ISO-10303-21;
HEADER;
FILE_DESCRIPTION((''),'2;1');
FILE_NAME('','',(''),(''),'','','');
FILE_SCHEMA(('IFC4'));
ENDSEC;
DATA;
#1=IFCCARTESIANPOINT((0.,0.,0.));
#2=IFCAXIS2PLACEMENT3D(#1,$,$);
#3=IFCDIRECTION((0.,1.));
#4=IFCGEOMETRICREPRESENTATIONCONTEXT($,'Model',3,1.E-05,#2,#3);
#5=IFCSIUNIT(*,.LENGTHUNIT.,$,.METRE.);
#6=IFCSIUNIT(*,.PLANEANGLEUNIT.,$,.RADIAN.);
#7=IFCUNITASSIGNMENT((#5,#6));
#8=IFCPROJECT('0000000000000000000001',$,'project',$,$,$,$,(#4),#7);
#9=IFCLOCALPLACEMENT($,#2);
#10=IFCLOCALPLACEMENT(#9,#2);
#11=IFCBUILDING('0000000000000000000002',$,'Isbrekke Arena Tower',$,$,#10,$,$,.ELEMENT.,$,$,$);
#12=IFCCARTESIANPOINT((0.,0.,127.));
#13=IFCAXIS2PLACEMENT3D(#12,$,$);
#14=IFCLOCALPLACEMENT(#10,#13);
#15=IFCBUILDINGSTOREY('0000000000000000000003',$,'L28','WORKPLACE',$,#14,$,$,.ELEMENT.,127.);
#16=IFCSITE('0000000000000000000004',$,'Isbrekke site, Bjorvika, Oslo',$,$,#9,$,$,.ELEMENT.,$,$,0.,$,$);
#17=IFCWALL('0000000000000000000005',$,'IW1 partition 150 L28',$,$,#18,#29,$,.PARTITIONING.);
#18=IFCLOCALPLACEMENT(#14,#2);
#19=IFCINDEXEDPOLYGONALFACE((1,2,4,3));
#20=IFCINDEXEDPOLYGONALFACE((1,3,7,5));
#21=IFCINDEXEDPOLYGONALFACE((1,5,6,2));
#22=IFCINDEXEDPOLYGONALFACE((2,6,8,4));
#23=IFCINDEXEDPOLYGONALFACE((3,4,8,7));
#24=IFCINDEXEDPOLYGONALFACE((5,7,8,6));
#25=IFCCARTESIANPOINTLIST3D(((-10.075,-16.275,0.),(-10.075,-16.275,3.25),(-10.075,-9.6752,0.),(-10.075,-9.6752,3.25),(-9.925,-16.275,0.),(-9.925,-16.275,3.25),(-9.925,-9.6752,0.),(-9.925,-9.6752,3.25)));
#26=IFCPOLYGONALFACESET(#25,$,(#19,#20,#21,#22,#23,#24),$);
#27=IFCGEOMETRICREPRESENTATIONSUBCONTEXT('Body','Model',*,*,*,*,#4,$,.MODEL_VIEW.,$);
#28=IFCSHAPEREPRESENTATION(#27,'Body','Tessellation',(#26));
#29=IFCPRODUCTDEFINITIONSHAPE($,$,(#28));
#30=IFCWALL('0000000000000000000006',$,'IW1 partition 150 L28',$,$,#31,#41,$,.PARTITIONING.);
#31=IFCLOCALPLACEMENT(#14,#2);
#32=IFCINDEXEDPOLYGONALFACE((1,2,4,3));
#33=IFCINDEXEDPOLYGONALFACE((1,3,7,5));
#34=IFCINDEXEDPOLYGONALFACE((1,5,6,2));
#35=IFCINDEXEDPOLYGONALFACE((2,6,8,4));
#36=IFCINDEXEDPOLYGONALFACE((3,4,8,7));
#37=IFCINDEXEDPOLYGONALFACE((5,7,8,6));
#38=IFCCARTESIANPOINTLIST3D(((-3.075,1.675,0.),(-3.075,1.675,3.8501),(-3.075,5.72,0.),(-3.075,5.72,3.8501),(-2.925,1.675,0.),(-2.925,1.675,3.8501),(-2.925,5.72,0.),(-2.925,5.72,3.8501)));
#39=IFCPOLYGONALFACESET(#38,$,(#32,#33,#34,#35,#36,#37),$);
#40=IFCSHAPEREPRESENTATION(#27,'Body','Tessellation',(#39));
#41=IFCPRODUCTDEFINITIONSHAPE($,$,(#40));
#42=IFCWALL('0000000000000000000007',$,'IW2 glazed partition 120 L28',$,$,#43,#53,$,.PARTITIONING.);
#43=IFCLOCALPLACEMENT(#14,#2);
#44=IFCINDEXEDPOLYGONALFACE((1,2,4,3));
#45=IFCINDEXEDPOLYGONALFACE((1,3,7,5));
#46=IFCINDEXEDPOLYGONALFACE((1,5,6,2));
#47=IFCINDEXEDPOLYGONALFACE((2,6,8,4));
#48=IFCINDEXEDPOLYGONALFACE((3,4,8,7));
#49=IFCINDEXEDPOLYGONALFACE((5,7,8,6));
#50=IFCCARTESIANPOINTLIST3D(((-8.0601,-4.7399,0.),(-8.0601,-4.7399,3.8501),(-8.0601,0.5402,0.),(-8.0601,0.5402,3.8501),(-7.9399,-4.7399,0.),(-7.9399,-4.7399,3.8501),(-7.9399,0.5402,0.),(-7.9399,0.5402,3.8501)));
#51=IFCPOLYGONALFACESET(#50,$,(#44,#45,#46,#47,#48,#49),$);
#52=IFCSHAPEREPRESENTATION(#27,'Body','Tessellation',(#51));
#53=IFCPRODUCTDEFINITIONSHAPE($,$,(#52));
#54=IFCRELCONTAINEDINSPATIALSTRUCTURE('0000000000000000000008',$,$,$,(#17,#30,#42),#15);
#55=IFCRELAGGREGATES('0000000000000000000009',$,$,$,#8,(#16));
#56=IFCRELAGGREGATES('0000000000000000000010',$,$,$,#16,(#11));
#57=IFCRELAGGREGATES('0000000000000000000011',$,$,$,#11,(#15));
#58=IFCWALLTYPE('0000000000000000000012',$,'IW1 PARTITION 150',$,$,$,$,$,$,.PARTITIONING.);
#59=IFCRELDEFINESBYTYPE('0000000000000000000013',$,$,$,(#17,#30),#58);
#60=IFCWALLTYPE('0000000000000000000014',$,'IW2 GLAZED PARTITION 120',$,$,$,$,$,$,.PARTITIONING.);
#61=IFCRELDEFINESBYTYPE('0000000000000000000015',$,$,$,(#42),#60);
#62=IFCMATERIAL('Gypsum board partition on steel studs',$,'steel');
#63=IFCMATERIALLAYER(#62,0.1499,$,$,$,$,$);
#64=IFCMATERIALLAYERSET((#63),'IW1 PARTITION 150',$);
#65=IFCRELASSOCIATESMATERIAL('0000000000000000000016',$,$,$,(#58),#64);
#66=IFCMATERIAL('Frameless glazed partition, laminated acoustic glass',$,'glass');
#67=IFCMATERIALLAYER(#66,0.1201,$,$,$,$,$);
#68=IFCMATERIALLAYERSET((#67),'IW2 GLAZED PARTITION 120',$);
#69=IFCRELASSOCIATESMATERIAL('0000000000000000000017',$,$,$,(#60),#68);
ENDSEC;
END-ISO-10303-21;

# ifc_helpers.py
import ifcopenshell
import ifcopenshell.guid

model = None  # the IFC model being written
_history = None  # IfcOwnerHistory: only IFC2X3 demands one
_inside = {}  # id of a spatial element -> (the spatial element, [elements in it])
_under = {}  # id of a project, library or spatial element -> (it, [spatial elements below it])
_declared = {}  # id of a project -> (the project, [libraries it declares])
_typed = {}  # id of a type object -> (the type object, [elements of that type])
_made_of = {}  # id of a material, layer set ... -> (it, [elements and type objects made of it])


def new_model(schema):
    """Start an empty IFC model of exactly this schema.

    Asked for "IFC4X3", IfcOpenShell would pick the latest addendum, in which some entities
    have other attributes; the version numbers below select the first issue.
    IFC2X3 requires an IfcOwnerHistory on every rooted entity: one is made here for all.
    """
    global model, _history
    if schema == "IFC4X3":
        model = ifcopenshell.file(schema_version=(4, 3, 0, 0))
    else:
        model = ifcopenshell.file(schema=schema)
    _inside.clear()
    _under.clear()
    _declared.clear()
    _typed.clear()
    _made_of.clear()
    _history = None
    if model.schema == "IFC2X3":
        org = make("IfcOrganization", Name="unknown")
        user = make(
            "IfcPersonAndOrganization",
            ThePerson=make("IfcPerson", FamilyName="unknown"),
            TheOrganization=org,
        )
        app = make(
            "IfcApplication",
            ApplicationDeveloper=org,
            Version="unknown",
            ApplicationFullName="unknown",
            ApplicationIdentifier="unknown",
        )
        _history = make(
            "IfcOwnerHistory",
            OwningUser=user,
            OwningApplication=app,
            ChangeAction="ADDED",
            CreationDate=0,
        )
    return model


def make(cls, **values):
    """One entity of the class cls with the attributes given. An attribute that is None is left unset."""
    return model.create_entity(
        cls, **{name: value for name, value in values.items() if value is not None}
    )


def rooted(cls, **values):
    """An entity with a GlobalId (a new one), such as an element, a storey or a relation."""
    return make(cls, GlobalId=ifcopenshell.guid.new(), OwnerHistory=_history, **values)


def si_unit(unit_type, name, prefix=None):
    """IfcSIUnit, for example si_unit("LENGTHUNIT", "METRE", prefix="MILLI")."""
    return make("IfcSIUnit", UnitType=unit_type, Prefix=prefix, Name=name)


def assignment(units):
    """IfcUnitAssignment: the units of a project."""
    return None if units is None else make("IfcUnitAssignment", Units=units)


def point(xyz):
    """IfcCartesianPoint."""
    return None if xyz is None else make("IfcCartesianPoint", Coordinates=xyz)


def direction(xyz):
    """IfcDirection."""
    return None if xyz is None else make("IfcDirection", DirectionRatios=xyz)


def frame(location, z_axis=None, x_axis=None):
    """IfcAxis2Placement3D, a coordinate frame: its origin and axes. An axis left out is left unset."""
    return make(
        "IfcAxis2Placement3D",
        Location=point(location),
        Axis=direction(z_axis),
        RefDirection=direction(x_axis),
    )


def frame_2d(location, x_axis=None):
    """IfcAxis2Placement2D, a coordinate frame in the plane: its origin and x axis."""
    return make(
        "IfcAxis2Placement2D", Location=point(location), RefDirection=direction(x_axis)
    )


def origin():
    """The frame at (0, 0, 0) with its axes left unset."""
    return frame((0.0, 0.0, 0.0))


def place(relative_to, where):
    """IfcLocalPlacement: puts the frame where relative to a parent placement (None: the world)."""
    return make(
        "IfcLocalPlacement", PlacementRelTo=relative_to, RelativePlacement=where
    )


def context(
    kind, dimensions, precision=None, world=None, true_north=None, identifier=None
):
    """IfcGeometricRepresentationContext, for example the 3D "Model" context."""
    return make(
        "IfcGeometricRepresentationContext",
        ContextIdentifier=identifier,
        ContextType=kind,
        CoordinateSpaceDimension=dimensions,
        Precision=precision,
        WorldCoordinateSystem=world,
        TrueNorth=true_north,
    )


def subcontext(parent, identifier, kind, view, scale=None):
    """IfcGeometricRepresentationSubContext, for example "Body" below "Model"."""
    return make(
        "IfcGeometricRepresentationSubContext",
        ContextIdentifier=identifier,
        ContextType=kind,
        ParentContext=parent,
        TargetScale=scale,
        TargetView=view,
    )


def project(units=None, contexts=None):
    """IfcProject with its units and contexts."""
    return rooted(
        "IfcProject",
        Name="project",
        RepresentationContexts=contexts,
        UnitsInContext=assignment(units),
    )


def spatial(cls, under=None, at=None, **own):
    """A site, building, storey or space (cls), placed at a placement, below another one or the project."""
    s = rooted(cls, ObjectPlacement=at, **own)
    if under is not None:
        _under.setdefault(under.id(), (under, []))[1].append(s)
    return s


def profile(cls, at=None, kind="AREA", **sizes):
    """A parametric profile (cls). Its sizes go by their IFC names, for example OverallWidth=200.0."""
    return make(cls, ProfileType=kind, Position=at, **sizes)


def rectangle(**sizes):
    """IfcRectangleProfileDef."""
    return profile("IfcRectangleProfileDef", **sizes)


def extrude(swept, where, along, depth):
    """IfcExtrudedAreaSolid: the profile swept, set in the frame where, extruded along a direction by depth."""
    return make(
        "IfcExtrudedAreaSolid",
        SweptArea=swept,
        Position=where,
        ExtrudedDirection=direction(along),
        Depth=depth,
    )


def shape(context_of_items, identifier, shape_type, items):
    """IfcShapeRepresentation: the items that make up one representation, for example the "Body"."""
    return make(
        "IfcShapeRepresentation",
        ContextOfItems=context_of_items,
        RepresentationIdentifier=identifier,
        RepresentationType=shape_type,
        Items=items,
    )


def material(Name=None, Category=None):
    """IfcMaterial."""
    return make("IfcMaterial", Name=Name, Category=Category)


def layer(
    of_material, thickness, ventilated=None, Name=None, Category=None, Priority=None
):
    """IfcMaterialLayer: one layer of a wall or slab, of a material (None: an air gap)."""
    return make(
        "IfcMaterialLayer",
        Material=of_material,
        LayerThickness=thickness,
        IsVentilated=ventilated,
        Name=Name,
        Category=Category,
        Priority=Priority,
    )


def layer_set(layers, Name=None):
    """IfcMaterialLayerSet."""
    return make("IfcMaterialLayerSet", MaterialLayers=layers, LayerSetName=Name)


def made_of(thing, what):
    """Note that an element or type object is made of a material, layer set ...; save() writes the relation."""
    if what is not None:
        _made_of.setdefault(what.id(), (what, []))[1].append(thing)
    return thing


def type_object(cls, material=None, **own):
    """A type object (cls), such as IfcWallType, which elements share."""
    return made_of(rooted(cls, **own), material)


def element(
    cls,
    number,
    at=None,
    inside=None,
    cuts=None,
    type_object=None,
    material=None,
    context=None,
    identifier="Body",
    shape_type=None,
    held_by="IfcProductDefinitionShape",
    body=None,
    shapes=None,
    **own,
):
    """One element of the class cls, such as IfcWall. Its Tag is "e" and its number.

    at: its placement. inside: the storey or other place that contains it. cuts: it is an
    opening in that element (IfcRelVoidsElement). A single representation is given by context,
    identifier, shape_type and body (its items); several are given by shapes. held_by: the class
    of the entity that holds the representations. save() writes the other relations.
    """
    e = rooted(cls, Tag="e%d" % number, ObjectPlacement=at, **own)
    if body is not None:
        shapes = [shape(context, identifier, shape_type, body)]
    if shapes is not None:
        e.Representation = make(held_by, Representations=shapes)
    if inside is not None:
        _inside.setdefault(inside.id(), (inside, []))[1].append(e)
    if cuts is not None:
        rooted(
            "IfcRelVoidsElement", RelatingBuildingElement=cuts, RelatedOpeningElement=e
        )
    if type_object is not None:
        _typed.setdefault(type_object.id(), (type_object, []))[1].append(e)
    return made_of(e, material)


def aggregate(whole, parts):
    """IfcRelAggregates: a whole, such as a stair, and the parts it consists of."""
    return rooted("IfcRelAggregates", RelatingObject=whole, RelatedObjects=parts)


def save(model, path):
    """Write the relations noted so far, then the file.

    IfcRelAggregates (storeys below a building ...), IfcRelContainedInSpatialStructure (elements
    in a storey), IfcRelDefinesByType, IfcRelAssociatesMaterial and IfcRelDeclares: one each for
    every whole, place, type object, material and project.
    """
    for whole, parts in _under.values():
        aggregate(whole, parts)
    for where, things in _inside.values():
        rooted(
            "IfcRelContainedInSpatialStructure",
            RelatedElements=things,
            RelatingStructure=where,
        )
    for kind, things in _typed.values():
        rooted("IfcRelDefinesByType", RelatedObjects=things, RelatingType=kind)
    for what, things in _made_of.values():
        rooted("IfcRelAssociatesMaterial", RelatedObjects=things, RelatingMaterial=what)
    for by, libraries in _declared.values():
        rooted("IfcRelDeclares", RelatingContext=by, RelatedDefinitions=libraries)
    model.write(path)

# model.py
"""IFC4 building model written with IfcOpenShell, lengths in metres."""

from ifc_helpers import new_model, si_unit, direction, frame, frame_2d, origin, place, context, subcontext, project, spatial, rectangle, extrude, material, layer, layer_set, type_object, element, save


model = new_model("IFC4")

# Units and contexts
model_context = context("Model", 3, precision=1e-05, world=origin(), true_north=direction((0.0, 1.0)))
body_context = subcontext(model_context, "Body", "Model", "MODEL_VIEW")
ifc_project = project(units=[si_unit("LENGTHUNIT", "METRE"), si_unit("PLANEANGLEUNIT", "RADIAN")], contexts=[model_context])

# Site, building, storey
site_placement = place(None, origin())
site = spatial("IfcSite", under=ifc_project, at=site_placement, Name="Isbrekke site, Bjorvika, Oslo", CompositionType="ELEMENT", RefElevation=0.0)
building_placement = place(site_placement, origin())
building = spatial("IfcBuilding", under=site, at=building_placement, Name="Isbrekke Arena Tower", CompositionType="ELEMENT")
storey_placement = place(building_placement, frame((0.0, 0.0, 127.0)))
storey = spatial("IfcBuildingStorey", under=building, at=storey_placement, Name="L28", Description="WORKPLACE", CompositionType="ELEMENT", Elevation=127.0)

# Shared definitions
ifc_material_1 = material(Name="Gypsum board partition on steel studs", Category="steel")
ifc_layer_1 = layer(ifc_material_1, 0.1499)
ifc_layer_set_1 = layer_set([ifc_layer_1], Name="IW1 PARTITION 150")
wall_type_1 = type_object("IfcWallType", Name="IW1 PARTITION 150", PredefinedType="PARTITIONING", material=ifc_layer_set_1)

# Walls
wall_1_placement = place(storey_placement, frame((-10.0, -16.2749, 0.0), z_axis=(0.0, 0.0, 1.0), x_axis=(0.0, 1.0, 0.0)))
element("IfcWall", 1, at=wall_1_placement, inside=storey, type_object=wall_type_1, Name="IW1 partition 150 L28", PredefinedType="PARTITIONING", context=body_context, shape_type="SweptSolid", body=[
    extrude(rectangle(XDim=6.5999, YDim=0.1499, at=frame_2d((3.2998, 0.0))), origin(), (0.0, 0.0, 1.0), 3.25),
])
wall_2_placement = place(storey_placement, frame((-3.0, 1.675, 0.0), z_axis=(0.0, 0.0, 1.0), x_axis=(0.0, 1.0, 0.0)))
element("IfcWall", 2, at=wall_2_placement, inside=storey, type_object=wall_type_1, Name="IW1 partition 150 L28", PredefinedType="PARTITIONING", context=body_context, shape_type="SweptSolid", body=[
    extrude(rectangle(XDim=4.0449, YDim=0.1499, at=frame_2d((2.0225, 0.0))), origin(), (0.0, 0.0, 1.0), 3.8501),
])
ifc_material_2 = material(Name="Frameless glazed partition, laminated acoustic glass", Category="glass")
ifc_layer_2 = layer(ifc_material_2, 0.1201)
ifc_layer_set_2 = layer_set([ifc_layer_2], Name="IW2 GLAZED PARTITION 120")
wall_type_2 = type_object("IfcWallType", Name="IW2 GLAZED PARTITION 120", PredefinedType="PARTITIONING", material=ifc_layer_set_2)
wall_3_placement = place(storey_placement, frame((-8.0, -4.74, 0.0), z_axis=(0.0, 0.0, 1.0), x_axis=(0.0, 1.0, 0.0)))
element("IfcWall", 3, at=wall_3_placement, inside=storey, type_object=wall_type_2, Name="IW2 glazed partition 120 L28", PredefinedType="PARTITIONING", context=body_context, shape_type="SweptSolid", body=[
    extrude(rectangle(XDim=5.28, YDim=0.1201, at=frame_2d((2.6401, 0.0))), origin(), (0.0, 0.0, 1.0), 3.8501),
])

save(model, "model.ifc")
